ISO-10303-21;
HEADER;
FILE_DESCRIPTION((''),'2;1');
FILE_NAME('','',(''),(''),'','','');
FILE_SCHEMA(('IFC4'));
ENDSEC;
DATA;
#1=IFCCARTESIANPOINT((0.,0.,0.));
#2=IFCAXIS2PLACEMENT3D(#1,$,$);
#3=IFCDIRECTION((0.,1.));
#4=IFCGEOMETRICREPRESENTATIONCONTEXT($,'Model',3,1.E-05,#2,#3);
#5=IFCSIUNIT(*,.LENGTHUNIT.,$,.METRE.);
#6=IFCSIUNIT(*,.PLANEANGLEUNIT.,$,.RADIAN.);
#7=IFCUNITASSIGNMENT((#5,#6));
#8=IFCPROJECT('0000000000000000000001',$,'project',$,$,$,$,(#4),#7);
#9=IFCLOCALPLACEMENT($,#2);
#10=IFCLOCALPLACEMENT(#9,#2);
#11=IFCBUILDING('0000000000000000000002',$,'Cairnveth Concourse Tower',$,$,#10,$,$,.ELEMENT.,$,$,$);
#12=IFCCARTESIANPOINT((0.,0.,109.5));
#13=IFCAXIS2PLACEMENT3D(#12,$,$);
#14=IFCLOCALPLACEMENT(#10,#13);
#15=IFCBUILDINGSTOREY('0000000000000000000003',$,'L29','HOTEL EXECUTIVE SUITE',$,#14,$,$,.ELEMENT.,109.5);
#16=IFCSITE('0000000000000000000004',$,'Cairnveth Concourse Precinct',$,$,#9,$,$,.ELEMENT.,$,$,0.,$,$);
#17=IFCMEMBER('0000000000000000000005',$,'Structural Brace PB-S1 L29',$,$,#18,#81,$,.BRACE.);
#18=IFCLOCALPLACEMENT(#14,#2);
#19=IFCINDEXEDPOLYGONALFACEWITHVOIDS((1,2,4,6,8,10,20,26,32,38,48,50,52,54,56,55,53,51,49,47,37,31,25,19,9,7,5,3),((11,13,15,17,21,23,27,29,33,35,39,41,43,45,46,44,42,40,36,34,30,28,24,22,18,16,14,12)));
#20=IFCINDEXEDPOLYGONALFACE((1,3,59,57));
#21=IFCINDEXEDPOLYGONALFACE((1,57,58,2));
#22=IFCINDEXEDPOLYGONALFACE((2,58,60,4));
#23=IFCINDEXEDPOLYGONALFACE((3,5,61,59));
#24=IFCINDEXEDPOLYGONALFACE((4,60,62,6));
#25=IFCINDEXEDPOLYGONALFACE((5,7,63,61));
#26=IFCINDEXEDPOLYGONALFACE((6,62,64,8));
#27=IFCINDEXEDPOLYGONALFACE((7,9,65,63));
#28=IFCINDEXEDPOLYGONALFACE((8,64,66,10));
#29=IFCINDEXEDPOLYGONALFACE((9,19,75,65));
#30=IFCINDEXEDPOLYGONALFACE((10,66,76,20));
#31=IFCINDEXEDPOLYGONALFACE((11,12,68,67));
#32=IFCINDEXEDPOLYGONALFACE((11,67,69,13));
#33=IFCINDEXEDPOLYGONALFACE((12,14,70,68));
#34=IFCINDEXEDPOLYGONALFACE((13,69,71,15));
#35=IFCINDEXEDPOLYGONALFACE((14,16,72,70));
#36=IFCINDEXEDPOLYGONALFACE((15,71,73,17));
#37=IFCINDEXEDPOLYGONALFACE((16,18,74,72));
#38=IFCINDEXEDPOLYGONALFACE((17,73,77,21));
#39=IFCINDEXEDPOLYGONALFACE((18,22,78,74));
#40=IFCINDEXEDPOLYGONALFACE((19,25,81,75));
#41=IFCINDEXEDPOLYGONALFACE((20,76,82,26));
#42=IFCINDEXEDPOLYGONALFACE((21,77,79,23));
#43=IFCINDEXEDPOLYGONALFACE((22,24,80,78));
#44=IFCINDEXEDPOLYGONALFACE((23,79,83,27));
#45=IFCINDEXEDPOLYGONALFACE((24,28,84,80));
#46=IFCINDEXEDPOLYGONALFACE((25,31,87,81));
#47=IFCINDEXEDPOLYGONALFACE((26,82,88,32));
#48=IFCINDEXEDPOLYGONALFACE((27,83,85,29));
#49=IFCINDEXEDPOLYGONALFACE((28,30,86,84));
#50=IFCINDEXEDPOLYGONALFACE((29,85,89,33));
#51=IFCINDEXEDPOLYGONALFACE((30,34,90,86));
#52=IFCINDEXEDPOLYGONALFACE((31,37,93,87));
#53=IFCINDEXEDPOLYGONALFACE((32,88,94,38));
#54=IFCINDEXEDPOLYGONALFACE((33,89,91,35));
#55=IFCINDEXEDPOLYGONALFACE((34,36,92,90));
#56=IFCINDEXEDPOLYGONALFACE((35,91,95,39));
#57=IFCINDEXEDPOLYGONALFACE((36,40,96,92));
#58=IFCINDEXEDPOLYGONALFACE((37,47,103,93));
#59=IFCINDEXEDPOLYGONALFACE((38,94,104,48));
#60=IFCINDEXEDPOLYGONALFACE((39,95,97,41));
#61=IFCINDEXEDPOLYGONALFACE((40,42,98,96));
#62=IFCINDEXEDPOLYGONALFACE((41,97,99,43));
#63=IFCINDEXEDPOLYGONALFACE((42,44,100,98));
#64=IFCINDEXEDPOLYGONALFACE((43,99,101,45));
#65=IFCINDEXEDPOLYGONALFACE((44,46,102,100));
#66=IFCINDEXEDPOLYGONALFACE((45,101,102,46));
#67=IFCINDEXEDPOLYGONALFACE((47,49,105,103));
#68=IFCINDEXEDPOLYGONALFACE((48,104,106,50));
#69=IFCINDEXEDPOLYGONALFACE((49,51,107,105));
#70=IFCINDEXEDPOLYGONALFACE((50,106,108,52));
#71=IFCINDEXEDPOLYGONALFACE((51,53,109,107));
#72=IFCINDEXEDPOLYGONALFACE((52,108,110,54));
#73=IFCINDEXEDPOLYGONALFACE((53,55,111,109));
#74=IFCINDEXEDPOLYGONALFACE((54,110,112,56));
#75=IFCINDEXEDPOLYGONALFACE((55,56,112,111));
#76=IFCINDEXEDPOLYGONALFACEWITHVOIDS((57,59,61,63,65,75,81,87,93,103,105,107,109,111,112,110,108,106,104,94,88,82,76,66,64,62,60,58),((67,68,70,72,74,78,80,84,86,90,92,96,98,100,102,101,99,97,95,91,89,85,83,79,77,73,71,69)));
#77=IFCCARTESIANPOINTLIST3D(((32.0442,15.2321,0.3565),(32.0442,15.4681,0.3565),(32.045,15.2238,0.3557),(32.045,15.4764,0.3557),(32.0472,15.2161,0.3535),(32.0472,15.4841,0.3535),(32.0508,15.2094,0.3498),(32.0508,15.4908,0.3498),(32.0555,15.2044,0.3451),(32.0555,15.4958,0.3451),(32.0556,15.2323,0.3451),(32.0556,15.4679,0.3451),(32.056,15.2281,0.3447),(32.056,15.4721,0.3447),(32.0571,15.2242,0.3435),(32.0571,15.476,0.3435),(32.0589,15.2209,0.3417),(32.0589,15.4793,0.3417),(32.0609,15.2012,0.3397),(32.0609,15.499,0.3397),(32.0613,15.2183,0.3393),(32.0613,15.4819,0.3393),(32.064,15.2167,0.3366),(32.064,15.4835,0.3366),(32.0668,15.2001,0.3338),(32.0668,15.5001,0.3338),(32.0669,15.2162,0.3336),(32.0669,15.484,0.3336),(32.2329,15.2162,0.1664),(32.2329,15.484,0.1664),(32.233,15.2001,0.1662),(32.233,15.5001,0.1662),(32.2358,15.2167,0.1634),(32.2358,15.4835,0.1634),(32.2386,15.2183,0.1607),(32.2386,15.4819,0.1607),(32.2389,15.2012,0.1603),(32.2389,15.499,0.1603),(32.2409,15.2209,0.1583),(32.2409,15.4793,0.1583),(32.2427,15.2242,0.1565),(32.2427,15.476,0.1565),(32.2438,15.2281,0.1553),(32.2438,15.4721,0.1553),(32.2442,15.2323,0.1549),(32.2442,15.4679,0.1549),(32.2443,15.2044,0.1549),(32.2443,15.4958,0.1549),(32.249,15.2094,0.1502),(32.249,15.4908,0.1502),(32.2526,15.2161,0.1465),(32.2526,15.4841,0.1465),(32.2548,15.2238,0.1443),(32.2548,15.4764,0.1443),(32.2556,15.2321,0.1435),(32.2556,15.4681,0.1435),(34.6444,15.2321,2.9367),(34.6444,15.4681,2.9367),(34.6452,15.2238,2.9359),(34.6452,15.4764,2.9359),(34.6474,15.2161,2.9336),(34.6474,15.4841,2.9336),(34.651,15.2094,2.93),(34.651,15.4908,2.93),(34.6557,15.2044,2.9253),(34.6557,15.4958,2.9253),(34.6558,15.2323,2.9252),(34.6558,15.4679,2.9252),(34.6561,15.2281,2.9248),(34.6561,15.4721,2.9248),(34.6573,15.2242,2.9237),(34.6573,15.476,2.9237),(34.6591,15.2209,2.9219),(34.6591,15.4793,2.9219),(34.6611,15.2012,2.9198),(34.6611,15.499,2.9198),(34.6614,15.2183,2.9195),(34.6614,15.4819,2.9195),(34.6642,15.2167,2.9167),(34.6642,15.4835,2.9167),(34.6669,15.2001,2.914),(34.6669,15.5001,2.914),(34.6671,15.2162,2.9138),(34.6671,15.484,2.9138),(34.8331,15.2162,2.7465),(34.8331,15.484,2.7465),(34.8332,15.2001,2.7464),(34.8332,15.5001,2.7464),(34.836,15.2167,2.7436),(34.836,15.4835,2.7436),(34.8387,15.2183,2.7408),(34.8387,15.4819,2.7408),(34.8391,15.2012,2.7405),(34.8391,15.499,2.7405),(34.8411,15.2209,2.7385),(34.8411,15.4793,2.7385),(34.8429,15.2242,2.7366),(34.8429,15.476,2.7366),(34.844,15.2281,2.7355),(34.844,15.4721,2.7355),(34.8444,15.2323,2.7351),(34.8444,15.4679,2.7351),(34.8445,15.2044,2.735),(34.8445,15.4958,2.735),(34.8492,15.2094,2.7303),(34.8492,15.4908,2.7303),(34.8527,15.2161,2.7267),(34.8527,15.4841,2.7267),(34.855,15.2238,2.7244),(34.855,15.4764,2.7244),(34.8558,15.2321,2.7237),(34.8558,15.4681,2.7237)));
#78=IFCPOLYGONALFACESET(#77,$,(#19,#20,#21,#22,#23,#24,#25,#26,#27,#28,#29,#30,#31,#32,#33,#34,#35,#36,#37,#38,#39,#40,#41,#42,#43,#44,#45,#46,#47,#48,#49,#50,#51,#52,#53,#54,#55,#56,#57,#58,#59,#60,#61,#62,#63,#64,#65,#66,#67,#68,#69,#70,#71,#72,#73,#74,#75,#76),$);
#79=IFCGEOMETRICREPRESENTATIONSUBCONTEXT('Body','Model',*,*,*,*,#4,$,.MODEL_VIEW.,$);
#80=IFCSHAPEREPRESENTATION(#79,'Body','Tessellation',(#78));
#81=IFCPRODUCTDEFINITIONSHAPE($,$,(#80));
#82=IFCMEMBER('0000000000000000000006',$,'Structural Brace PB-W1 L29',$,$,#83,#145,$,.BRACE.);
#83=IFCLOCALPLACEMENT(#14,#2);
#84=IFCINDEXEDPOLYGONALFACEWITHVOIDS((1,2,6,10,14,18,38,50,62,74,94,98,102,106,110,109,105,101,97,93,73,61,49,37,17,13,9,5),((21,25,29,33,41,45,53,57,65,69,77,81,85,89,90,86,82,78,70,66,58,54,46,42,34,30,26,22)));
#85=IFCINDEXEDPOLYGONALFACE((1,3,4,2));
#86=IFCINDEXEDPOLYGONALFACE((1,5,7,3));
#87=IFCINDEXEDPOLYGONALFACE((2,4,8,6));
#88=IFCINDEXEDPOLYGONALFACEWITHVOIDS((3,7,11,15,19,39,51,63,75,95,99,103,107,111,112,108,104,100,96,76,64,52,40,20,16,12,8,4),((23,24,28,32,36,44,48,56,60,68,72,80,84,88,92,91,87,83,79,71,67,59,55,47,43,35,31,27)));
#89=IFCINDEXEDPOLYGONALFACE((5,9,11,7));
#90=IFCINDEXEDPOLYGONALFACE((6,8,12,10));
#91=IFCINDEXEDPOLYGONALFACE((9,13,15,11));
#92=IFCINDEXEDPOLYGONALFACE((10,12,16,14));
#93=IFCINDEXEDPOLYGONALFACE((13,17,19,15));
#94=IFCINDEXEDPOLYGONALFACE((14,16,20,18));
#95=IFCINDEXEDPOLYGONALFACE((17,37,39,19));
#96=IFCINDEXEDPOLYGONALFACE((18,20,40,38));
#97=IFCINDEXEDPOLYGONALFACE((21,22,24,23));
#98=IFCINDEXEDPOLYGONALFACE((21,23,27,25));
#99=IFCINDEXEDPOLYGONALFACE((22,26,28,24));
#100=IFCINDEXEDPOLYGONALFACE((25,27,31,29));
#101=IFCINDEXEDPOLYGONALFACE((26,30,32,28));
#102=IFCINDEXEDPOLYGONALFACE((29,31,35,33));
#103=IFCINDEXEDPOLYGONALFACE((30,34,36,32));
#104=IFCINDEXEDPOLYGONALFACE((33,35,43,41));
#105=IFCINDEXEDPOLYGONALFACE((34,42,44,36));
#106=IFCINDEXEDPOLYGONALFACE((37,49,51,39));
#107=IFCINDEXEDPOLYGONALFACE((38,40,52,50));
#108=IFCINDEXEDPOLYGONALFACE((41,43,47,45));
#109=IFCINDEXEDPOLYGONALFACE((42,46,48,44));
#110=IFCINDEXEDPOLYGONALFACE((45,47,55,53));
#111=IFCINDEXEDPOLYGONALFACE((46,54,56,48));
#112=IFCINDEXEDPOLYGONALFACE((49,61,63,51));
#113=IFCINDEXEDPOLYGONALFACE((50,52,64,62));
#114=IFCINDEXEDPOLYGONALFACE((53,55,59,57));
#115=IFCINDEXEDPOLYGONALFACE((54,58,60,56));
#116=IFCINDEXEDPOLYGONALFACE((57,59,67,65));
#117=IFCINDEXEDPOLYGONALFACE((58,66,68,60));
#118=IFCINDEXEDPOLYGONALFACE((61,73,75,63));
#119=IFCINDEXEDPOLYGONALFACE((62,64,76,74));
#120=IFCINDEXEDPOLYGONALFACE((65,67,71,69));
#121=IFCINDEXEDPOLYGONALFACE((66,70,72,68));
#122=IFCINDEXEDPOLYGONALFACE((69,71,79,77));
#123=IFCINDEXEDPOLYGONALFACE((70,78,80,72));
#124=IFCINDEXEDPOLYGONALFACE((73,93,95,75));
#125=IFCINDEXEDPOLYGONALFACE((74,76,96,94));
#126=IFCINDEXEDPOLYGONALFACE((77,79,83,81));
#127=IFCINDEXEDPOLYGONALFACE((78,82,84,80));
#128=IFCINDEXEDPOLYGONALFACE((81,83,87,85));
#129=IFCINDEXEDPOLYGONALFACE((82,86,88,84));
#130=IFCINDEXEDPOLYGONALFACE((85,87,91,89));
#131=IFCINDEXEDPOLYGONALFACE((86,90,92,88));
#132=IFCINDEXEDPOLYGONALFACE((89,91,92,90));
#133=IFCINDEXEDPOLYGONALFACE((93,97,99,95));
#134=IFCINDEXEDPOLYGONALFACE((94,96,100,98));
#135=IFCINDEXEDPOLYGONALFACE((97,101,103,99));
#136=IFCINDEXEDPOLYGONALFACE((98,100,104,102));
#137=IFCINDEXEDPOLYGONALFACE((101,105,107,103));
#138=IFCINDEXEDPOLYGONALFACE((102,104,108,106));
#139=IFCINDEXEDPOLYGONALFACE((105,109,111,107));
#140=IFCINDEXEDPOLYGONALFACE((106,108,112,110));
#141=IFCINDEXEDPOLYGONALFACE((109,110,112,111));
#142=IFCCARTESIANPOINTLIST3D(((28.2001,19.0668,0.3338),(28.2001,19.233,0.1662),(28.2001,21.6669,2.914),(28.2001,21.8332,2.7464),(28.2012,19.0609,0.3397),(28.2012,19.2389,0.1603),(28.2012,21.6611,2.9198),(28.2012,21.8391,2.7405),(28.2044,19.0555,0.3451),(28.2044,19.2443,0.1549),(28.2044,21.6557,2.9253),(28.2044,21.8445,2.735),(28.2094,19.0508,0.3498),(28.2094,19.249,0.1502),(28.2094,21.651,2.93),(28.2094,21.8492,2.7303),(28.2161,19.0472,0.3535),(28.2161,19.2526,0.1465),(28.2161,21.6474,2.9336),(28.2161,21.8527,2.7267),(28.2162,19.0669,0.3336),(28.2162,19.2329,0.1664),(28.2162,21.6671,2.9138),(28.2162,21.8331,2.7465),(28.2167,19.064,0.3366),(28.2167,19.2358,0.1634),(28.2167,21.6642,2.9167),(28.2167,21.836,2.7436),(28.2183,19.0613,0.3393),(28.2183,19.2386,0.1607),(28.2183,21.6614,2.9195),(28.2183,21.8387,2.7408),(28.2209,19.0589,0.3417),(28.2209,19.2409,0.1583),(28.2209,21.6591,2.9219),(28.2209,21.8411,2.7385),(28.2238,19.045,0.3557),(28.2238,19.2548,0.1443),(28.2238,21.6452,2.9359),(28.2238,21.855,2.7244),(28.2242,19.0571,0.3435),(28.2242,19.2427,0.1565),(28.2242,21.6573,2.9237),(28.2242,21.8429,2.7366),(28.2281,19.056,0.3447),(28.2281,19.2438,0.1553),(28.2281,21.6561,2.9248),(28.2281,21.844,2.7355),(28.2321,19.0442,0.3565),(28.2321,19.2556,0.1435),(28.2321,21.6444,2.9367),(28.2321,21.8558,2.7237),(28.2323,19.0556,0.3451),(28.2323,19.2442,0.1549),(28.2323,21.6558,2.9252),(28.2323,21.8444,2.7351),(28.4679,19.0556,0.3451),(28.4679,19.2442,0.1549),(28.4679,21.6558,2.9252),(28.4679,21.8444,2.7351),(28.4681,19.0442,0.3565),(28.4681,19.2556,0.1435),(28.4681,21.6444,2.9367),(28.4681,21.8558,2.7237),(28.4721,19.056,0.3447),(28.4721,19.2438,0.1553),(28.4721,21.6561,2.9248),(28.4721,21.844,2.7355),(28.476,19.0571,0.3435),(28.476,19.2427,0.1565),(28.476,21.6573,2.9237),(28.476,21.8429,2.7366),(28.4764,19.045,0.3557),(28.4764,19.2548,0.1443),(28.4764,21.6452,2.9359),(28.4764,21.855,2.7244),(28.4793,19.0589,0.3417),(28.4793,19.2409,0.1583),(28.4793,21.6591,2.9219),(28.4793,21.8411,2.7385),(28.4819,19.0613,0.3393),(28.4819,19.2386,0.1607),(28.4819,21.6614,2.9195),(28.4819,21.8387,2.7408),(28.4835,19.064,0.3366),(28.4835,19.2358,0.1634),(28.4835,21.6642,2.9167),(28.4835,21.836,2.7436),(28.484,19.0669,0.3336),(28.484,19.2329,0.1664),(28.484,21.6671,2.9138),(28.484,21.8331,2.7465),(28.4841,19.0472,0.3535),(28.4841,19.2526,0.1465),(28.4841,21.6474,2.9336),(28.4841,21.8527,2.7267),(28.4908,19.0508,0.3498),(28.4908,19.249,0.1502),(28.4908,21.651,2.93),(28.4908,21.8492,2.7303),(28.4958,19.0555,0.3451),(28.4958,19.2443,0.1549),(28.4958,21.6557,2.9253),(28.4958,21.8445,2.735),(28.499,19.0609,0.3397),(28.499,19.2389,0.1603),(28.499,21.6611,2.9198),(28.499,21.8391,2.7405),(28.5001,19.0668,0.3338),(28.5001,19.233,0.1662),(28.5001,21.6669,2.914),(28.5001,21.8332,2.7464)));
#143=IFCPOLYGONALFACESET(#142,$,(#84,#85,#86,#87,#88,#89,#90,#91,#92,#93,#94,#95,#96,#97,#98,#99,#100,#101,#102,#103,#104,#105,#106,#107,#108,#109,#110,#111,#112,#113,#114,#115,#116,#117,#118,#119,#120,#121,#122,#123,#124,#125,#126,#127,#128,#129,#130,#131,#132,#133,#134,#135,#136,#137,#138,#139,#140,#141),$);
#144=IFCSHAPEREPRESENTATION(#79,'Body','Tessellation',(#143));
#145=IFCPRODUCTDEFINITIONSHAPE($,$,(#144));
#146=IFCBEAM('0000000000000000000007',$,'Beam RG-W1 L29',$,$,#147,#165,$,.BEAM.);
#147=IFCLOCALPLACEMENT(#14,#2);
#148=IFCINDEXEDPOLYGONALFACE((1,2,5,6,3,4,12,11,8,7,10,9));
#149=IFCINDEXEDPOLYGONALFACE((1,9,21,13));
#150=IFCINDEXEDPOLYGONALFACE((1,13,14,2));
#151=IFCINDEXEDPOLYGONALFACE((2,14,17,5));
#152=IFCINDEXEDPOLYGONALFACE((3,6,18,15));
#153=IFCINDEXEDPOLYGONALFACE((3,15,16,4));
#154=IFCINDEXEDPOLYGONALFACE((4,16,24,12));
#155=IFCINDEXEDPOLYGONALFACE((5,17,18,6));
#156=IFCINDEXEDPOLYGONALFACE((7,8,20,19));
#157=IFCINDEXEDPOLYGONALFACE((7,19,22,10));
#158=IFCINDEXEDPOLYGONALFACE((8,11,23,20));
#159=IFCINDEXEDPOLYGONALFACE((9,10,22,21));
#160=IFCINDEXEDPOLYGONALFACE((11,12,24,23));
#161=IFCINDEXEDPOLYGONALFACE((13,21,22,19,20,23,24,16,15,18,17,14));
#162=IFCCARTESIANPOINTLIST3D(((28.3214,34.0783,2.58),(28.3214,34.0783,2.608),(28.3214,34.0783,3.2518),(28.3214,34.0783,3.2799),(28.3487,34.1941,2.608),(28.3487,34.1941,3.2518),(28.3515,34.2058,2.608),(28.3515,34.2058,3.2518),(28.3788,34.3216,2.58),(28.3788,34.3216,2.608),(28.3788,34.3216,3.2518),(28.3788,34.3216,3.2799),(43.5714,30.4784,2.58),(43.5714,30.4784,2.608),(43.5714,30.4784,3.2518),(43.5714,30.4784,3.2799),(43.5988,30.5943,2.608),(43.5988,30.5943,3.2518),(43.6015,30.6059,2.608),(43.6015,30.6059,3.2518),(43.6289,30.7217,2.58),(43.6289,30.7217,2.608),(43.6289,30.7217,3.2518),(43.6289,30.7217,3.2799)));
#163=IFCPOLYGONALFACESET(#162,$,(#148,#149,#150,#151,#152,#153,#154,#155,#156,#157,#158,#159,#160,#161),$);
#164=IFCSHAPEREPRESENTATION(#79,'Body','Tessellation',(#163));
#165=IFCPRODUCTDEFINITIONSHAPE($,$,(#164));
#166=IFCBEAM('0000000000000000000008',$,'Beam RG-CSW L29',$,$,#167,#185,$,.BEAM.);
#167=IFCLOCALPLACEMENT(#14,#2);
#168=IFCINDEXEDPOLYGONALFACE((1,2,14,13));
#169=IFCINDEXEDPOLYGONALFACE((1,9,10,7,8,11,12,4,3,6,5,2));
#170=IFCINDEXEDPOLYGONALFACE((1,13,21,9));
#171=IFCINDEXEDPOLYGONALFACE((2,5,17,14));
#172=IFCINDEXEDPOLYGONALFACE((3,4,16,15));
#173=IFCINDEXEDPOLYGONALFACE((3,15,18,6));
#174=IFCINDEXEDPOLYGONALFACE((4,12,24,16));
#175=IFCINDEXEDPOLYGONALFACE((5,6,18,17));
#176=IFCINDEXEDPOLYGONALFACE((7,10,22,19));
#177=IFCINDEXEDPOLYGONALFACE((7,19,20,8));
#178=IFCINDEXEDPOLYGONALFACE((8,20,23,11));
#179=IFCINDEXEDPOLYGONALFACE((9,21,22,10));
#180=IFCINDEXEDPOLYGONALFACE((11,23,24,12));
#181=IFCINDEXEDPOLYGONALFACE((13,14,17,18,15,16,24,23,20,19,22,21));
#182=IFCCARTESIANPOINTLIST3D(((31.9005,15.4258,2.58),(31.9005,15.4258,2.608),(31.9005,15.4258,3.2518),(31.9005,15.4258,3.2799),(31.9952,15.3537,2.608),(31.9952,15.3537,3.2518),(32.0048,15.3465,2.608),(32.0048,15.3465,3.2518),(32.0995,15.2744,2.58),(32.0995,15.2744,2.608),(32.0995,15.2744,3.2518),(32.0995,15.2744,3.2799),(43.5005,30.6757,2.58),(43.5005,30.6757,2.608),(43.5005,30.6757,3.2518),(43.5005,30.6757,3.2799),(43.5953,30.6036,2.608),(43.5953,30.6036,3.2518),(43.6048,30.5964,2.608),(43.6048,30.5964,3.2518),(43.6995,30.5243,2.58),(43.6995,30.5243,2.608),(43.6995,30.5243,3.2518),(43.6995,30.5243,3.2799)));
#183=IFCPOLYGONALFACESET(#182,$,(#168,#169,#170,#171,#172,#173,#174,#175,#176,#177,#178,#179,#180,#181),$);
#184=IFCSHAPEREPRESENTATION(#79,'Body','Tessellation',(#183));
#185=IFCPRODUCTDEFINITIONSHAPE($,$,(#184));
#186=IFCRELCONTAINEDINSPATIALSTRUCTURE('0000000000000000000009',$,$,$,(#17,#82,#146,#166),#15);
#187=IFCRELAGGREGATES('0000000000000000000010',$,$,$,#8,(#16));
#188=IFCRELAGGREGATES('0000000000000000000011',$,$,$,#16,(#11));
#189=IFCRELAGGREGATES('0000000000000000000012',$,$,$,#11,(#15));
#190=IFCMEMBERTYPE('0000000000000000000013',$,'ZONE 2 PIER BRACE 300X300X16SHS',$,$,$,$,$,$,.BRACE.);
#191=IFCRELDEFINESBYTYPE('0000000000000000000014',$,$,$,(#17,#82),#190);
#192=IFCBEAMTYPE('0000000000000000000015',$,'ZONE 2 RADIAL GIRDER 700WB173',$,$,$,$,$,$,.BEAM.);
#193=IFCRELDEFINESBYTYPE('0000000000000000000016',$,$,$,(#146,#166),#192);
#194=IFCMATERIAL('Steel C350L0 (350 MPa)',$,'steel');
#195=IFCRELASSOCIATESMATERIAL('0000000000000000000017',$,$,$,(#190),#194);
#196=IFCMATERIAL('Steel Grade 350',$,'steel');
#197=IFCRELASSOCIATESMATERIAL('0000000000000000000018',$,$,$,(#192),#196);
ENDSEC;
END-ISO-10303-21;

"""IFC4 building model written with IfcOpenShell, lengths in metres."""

from ifc_helpers import new_model, si_unit, direction, frame, origin, origin_2d, place, context, subcontext, project, spatial, hollow_rectangle, i_section, extrude, material, material_profile, profile_set, type_object, element, save


model = new_model("IFC4")

# Units and contexts
model_context = context("Model", 3, precision=1e-05, world=origin(), true_north=direction((0.0, 1.0)))
body_context = subcontext(model_context, "Body", "Model", "MODEL_VIEW")
ifc_project = project(units=[si_unit("LENGTHUNIT", "METRE"), si_unit("PLANEANGLEUNIT", "RADIAN")], contexts=[model_context])

# Site, building, storey
site_placement = place(None, origin())
site = spatial("IfcSite", under=ifc_project, at=site_placement, Name="Cairnveth Concourse Precinct", CompositionType="ELEMENT", RefElevation=0.0)
building_placement = place(site_placement, origin())
building = spatial("IfcBuilding", under=site, at=building_placement, Name="Cairnveth Concourse Tower", CompositionType="ELEMENT")
storey_placement = place(building_placement, frame((0.0, 0.0, 109.5)))
storey = spatial("IfcBuildingStorey", under=building, at=storey_placement, Name="L29", Description="HOTEL EXECUTIVE SUITE", CompositionType="ELEMENT", Elevation=109.5)

# Shared definitions
ifc_material_1 = material(Name="Steel Grade 350", Category="steel")

# Members
ifc_material_2 = material(Name="Steel C350L0 (350 MPa)", Category="steel")
ifc_material_profile_1 = material_profile(ifc_material_2, hollow_rectangle(XDim=0.3, YDim=0.3, WallThickness=0.0161, InnerFilletRadius=0.0161, OuterFilletRadius=0.032, at=origin_2d()), Name="300x300x16.0SHS")
ifc_profile_set_1 = profile_set([ifc_material_profile_1], Name="Steel C350L0 (350 MPa)")
member_type = type_object("IfcMemberType", Name="ZONE 2 PIER BRACE 300X300X16SHS", PredefinedType="BRACE", material=ifc_profile_set_1)
for number, where, z_axis, x_axis, name in (
    (1, (32.1499, 15.3501, 0.25), (0.709834, 0.0, 0.704369), (0.0, 1.0, 0.0), "Structural Brace PB-S1 L29"),
    (2, (28.3501, 19.1499, 0.25), (0.0, 0.709834, 0.704369), (-1.0, 0.0, 0.0), "Structural Brace PB-W1 L29"),
):
    element("IfcMember", number, at=place(storey_placement, frame(where, z_axis=z_axis, x_axis=x_axis)), inside=storey, type_object=member_type, Name=name, PredefinedType="BRACE", context=body_context, shape_type="SweptSolid", body=[
        extrude(hollow_rectangle(XDim=0.3, YDim=0.3, WallThickness=0.0161, InnerFilletRadius=0.0161, OuterFilletRadius=0.032, at=origin_2d()), origin(), (0.0, 0.0, 1.0), 3.6631),
    ])

# Beams
ifc_material_profile_2 = material_profile(ifc_material_1, i_section(OverallWidth=0.25, OverallDepth=0.7, WebThickness=0.012, FlangeThickness=0.0281, at=origin_2d()), Name="700WB173")
ifc_profile_set_2 = profile_set([ifc_material_profile_2], Name="Steel Grade 350")
beam_type_1 = type_object("IfcBeamType", Name="ZONE 2 RADIAL GIRDER 700WB173", PredefinedType="BEAM", material=ifc_profile_set_2)
beam_1_placement = place(storey_placement, frame((28.3501, 34.2, 2.9299), z_axis=(0.973252, -0.229742, 0.0), x_axis=(0.229742, 0.973252, 0.0)))
element("IfcBeam", 3, at=beam_1_placement, inside=storey, type_object=beam_type_1, Name="Beam RG-W1 L29", PredefinedType="BEAM", context=body_context, shape_type="SweptSolid", body=[
    extrude(i_section(OverallWidth=0.25, OverallDepth=0.7, WebThickness=0.012, FlangeThickness=0.0281, at=origin_2d()), origin(), (0.0, 0.0, 1.0), 15.6692),
])
beam_2_placement = place(storey_placement, frame((32.0, 15.3501, 2.9299), z_axis=(0.605417, 0.795908, 0.0), x_axis=(-0.795908, 0.605417, 0.0)))
element("IfcBeam", 4, at=beam_2_placement, inside=storey, type_object=beam_type_1, Name="Beam RG-CSW L29", PredefinedType="BEAM", context=body_context, shape_type="SweptSolid", body=[
    extrude(i_section(OverallWidth=0.25, OverallDepth=0.7, WebThickness=0.012, FlangeThickness=0.0281, at=origin_2d()), origin(), (0.0, 0.0, 1.0), 19.1604),
])

save(model, "model.ifc")
